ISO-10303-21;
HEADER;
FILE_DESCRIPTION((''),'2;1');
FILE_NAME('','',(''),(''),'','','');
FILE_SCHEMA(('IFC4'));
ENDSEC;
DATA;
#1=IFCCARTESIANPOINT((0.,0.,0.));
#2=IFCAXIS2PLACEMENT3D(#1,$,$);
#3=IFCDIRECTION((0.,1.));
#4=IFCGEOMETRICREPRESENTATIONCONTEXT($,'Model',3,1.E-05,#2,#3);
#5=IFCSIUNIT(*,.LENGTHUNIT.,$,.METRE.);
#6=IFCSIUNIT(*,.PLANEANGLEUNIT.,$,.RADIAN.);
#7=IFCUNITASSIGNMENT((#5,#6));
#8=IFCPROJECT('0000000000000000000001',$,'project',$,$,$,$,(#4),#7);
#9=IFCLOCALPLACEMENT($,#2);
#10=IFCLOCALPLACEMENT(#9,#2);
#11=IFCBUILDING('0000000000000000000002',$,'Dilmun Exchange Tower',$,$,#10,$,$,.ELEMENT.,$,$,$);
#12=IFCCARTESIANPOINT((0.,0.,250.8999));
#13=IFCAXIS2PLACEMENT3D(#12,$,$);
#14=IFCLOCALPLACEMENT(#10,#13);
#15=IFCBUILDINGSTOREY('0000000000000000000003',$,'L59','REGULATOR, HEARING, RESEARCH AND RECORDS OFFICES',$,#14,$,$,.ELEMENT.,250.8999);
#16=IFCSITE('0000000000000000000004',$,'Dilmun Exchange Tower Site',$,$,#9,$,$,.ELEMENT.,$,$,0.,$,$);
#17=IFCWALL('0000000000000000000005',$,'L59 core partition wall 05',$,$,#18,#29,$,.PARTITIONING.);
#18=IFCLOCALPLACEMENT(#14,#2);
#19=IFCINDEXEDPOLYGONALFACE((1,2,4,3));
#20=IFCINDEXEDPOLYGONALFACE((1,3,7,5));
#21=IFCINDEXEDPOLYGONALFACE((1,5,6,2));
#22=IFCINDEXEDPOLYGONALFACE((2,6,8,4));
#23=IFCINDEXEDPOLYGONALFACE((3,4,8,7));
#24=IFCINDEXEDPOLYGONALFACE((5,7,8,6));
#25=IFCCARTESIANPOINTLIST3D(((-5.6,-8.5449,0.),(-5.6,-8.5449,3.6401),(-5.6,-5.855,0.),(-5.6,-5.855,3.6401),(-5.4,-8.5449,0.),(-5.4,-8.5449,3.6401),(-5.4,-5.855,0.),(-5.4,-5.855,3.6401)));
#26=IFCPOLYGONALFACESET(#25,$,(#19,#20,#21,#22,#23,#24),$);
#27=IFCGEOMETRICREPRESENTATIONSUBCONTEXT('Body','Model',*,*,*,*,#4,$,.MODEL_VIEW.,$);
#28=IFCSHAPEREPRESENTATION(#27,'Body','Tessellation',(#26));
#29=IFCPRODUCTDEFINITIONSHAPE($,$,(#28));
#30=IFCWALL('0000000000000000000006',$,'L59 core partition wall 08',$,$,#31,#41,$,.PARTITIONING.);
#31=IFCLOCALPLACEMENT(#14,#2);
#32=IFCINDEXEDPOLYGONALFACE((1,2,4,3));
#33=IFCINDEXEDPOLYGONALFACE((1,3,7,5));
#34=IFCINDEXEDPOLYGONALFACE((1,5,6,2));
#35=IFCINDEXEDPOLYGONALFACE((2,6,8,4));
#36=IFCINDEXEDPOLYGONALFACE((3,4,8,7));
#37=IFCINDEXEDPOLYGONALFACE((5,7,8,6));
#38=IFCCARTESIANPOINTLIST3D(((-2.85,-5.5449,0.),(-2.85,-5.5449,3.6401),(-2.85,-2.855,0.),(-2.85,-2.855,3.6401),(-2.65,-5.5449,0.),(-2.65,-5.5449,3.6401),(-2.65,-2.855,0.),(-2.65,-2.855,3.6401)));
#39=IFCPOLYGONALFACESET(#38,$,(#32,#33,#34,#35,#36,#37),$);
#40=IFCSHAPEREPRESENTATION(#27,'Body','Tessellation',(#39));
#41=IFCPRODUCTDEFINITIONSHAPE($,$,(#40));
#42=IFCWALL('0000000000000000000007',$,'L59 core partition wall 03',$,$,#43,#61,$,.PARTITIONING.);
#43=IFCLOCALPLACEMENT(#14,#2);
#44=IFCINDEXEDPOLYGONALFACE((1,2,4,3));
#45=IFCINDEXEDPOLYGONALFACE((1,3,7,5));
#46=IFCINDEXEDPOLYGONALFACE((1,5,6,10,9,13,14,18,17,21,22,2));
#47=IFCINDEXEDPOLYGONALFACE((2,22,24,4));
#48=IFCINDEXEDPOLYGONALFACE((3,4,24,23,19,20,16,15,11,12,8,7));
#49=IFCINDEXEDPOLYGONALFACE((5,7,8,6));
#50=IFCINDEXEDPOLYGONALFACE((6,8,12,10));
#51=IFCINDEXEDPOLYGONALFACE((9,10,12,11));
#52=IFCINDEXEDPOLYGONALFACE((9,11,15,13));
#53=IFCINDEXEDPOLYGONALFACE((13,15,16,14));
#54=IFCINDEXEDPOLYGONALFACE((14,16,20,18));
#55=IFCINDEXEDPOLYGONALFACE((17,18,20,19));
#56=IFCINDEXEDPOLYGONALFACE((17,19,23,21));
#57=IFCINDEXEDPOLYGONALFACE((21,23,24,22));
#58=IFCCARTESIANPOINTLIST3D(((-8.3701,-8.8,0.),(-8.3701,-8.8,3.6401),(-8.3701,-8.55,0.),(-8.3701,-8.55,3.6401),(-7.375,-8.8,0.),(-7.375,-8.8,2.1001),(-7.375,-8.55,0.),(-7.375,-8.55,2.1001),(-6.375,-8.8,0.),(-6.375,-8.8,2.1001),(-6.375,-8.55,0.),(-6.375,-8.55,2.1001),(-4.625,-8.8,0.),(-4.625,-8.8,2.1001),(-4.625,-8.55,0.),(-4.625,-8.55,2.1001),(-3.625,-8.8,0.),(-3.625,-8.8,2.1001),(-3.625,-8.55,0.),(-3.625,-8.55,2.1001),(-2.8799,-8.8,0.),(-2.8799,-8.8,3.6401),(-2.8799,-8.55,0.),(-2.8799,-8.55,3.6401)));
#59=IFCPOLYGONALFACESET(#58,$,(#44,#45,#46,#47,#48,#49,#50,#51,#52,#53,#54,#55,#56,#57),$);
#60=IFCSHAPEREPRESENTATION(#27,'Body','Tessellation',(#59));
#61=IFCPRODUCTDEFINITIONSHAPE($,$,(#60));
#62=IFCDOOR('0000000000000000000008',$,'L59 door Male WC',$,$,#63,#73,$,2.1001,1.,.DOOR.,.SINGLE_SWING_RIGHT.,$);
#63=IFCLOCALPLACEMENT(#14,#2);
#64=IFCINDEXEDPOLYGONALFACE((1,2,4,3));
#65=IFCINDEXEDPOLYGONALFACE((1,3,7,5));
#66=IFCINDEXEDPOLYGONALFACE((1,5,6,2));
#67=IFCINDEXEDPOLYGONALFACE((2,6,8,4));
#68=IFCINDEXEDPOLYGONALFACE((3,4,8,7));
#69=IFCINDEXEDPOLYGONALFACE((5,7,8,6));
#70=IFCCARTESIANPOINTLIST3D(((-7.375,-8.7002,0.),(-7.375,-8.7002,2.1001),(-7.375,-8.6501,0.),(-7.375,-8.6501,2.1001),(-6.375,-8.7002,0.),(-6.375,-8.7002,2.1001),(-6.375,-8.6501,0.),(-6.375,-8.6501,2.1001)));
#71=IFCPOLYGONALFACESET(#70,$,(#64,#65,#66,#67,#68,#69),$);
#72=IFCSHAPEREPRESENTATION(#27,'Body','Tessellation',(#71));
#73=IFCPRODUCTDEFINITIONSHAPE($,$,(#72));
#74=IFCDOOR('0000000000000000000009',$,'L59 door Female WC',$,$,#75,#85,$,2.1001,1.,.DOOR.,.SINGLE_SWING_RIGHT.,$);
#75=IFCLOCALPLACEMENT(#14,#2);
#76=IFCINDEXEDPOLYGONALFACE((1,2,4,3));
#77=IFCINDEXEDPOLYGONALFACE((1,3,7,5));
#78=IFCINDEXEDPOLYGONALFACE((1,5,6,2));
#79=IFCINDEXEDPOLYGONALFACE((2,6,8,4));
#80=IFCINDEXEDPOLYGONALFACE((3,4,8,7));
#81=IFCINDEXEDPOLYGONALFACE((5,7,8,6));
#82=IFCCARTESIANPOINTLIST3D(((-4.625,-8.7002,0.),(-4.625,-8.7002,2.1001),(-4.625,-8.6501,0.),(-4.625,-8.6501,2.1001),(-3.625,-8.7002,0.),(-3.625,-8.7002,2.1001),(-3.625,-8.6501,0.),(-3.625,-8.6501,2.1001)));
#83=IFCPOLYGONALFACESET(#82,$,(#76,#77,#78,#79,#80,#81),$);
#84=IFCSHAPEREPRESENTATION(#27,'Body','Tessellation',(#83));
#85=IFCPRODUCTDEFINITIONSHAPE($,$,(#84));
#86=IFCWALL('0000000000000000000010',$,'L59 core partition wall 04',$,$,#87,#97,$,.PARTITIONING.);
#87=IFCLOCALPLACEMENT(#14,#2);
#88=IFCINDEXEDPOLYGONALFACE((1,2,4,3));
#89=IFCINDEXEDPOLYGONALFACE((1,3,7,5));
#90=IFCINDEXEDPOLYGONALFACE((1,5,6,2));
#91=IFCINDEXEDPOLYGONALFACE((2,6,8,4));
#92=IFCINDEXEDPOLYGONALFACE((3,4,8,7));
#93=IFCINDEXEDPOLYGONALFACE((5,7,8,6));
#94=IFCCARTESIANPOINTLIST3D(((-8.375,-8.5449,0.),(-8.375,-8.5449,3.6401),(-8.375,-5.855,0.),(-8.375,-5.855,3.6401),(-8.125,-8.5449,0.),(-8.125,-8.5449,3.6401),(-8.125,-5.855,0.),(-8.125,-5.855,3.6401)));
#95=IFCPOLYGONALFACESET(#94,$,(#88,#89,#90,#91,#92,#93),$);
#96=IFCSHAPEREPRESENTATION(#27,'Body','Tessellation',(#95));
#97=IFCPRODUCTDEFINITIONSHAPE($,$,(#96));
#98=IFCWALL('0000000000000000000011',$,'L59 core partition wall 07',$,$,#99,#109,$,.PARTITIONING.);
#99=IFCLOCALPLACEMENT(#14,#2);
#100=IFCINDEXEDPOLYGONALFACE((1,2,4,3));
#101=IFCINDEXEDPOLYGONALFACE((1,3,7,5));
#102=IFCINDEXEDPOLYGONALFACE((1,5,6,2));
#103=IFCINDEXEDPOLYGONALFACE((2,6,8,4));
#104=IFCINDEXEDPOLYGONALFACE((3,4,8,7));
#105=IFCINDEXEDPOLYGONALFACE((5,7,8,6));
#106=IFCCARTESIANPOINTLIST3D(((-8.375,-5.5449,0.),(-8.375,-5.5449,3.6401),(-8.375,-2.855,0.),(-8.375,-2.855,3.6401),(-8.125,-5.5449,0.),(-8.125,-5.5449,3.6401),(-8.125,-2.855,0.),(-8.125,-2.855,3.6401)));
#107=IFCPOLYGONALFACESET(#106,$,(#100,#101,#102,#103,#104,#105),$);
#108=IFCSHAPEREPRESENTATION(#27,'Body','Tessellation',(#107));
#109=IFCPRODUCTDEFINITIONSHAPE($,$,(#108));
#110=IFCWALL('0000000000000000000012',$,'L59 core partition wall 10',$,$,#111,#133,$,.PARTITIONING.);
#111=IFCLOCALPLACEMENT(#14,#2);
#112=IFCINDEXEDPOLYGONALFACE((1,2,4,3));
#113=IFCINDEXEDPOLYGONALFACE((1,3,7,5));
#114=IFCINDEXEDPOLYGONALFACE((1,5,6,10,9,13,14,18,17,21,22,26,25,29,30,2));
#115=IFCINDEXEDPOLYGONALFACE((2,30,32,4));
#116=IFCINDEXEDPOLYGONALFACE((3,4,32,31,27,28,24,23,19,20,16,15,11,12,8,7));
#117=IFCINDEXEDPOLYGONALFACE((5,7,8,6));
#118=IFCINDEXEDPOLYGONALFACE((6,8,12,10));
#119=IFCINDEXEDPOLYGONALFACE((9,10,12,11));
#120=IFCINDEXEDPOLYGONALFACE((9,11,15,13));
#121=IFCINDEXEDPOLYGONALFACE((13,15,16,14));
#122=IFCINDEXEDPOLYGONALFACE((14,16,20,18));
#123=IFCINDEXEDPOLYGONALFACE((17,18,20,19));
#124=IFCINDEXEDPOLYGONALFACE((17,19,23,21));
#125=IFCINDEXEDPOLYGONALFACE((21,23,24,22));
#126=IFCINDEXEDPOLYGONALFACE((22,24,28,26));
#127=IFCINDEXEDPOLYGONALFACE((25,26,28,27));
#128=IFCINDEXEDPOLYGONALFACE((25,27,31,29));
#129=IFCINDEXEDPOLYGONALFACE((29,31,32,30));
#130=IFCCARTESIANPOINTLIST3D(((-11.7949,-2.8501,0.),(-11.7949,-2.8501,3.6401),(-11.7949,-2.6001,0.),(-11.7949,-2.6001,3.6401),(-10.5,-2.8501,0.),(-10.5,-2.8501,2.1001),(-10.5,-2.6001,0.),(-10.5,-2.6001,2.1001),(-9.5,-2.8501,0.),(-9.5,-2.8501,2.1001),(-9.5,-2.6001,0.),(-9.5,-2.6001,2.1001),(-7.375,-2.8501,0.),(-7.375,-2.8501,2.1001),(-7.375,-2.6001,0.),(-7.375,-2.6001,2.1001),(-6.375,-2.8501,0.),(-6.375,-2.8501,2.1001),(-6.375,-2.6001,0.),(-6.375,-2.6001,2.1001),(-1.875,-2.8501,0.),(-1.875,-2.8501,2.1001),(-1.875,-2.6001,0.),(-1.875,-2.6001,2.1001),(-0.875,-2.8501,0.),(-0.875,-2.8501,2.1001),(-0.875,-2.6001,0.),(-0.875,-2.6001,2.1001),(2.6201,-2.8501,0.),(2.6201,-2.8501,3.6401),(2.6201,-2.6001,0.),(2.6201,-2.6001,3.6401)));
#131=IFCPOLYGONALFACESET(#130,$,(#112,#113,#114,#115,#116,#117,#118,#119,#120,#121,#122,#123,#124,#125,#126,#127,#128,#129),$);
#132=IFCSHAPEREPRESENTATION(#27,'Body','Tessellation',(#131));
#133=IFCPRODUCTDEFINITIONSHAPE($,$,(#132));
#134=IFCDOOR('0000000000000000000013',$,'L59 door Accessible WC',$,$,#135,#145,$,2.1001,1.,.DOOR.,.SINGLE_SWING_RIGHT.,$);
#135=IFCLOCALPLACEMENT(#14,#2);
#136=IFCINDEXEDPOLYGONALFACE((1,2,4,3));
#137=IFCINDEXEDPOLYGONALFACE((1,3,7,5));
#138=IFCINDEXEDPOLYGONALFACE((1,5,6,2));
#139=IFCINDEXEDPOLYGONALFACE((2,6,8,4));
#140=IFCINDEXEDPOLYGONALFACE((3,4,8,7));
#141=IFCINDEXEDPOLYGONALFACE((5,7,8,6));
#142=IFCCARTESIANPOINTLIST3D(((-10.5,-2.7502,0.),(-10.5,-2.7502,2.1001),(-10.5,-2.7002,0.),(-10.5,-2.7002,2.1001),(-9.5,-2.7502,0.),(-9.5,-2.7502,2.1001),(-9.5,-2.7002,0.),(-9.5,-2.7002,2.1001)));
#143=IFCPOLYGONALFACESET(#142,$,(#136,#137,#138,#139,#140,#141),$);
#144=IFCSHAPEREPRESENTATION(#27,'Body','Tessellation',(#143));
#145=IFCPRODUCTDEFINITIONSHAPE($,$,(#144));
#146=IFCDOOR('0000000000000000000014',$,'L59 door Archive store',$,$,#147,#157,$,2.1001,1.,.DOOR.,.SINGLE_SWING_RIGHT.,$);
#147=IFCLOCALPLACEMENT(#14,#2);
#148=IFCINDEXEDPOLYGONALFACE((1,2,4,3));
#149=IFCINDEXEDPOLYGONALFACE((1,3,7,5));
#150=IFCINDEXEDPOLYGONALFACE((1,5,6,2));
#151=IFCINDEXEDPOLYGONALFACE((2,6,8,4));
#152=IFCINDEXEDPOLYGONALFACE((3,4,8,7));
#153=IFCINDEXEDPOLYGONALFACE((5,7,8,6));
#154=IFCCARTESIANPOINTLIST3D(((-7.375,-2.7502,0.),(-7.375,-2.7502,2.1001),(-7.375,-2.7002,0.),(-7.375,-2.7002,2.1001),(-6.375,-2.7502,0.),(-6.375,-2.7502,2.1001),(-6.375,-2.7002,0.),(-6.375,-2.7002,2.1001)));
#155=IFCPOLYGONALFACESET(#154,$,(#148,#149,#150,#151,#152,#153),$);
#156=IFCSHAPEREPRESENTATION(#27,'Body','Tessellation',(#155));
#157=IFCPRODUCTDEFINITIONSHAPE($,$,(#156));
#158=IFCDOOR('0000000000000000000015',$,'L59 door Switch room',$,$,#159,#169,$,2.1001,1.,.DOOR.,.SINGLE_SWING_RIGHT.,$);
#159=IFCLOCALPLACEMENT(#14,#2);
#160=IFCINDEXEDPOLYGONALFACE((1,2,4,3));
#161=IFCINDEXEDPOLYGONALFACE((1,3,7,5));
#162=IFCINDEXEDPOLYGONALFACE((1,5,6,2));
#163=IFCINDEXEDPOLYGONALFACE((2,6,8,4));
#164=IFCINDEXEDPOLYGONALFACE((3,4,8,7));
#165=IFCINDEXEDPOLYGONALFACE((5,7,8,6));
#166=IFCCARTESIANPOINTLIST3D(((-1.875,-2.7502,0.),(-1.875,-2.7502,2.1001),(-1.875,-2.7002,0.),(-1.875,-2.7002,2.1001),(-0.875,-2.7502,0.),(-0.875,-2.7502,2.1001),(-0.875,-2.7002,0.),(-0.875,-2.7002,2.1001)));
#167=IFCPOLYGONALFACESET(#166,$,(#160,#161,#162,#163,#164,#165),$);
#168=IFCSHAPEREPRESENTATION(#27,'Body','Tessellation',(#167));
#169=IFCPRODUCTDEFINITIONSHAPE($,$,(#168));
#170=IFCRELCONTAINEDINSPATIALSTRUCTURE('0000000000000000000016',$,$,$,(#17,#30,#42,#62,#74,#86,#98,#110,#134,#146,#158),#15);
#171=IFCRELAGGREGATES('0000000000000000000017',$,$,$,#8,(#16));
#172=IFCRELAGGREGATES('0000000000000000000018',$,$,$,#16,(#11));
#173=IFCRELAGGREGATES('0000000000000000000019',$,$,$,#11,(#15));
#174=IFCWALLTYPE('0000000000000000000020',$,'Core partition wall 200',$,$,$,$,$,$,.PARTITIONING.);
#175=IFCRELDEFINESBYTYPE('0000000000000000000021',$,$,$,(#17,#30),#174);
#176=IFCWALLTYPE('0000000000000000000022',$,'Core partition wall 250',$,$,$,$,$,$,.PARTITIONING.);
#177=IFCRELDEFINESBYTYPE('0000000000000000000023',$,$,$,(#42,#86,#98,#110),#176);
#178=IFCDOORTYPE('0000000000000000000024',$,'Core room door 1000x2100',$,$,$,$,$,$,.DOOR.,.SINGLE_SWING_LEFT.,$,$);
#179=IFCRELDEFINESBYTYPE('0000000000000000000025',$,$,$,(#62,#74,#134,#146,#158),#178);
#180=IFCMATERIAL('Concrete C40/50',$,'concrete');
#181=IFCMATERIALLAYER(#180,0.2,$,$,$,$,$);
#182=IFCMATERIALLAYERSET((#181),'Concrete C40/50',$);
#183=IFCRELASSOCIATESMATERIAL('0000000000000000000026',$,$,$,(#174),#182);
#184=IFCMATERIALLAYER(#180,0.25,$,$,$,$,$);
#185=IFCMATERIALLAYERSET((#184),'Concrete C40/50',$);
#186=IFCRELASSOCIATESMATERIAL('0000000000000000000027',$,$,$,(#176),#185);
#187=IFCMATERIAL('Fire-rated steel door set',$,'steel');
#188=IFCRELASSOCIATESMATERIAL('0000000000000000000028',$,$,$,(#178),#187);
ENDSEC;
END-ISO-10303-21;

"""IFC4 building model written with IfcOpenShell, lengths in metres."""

from ifc_helpers import new_model, si_unit, direction, frame, frame_2d, origin, place, context, subcontext, project, spatial, rectangle, extrude, material, layer, layer_set, type_object, element, fill, save


model = new_model("IFC4")

# Units and contexts
model_context = context("Model", 3, precision=1e-05, world=origin(), true_north=direction((0.0, 1.0)))
body_context = subcontext(model_context, "Body", "Model", "MODEL_VIEW")
ifc_project = project(units=[si_unit("LENGTHUNIT", "METRE"), si_unit("PLANEANGLEUNIT", "RADIAN")], contexts=[model_context])

# Site, building, storey
site_placement = place(None, origin())
site = spatial("IfcSite", under=ifc_project, at=site_placement, Name="Dilmun Exchange Tower Site", CompositionType="ELEMENT", RefElevation=0.0)
building_placement = place(site_placement, origin())
building = spatial("IfcBuilding", under=site, at=building_placement, Name="Dilmun Exchange Tower", CompositionType="ELEMENT")
storey_placement = place(building_placement, frame((0.0, 0.0, 250.8999)))
storey = spatial("IfcBuildingStorey", under=building, at=storey_placement, Name="L59", Description="REGULATOR, HEARING, RESEARCH AND RECORDS OFFICES", CompositionType="ELEMENT", Elevation=250.8999)

# Walls
ifc_material_1 = material(Name="Concrete C40/50", Category="concrete")
ifc_layer_1 = layer(ifc_material_1, 0.2)
ifc_layer_set_1 = layer_set([ifc_layer_1], Name="Concrete C40/50")
wall_type_1 = type_object("IfcWallType", Name="Core partition wall 200", PredefinedType="PARTITIONING", material=ifc_layer_set_1)
for number, where, z_axis, x_axis, name in (
    (1, (-5.5, -8.5449, 0.0), (0.0, 0.0, 1.0), (0.0, 1.0, 0.0), "L59 core partition wall 05"),
    (2, (-2.75, -5.5449, 0.0), (0.0, 0.0, 1.0), (0.0, 1.0, 0.0), "L59 core partition wall 08"),
):
    element("IfcWall", number, at=place(storey_placement, frame(where, z_axis=z_axis, x_axis=x_axis)), inside=storey, type_object=wall_type_1, Name=name, PredefinedType="PARTITIONING", context=body_context, shape_type="SweptSolid", body=[
        extrude(rectangle(XDim=2.6899, YDim=0.2, at=frame_2d((1.345, 0.0))), origin(), (0.0, 0.0, 1.0), 3.6401),
    ])

# Wall, openings, doors
ifc_layer_2 = layer(ifc_material_1, 0.25)
ifc_layer_set_2 = layer_set([ifc_layer_2], Name="Concrete C40/50")
wall_type_2 = type_object("IfcWallType", Name="Core partition wall 250", PredefinedType="PARTITIONING", material=ifc_layer_set_2)
wall_1_placement = place(storey_placement, frame((-8.3701, -8.675, 0.0), z_axis=(0.0, 0.0, 1.0), x_axis=(1.0, 0.0, 0.0)))
wall_1 = element("IfcWall", 3, at=wall_1_placement, inside=storey, type_object=wall_type_2, Name="L59 core partition wall 03", PredefinedType="PARTITIONING", context=body_context, shape_type="SweptSolid", body=[
    extrude(rectangle(XDim=5.4902, YDim=0.25, at=frame_2d((2.7451, 0.0))), origin(), (0.0, 0.0, 1.0), 3.6401),
])
opening_1_placement = place(wall_1_placement, frame((0.9951, 0.0, 0.0)))
opening_1 = element("IfcOpeningElement", 4, at=opening_1_placement, cuts=wall_1, PredefinedType="OPENING", context=body_context, shape_type="SweptSolid", body=[
    extrude(rectangle(XDim=1.0, YDim=2.1001, at=frame_2d((0.5, 1.05))), frame((0.0, 0.135, 0.0), z_axis=(0.0, -1.0, 0.0), x_axis=(1.0, 0.0, 0.0)), (0.0, 0.0, 1.0), 0.27),
])
opening_2_placement = place(wall_1_placement, frame((3.7451, 0.0, 0.0)))
opening_2 = element("IfcOpeningElement", 5, at=opening_2_placement, cuts=wall_1, PredefinedType="OPENING", context=body_context, shape_type="SweptSolid", body=[
    extrude(rectangle(XDim=1.0, YDim=2.1001, at=frame_2d((0.5, 1.05))), frame((0.0, 0.135, 0.0), z_axis=(0.0, -1.0, 0.0), x_axis=(1.0, 0.0, 0.0)), (0.0, 0.0, 1.0), 0.27),
])
ifc_material_2 = material(Name="Fire-rated steel door set", Category="steel")
door_type_1 = type_object("IfcDoorType", Name="Core room door 1000x2100", OperationType="SINGLE_SWING_LEFT", PredefinedType="DOOR", material=ifc_material_2)
door_1_placement = place(opening_1_placement, origin())
door_1 = element("IfcDoor", 6, at=door_1_placement, inside=storey, type_object=door_type_1, Name="L59 door Male WC", OperationType="SINGLE_SWING_RIGHT", OverallHeight=2.1001, OverallWidth=1.0, PredefinedType="DOOR", context=body_context, shape_type="SweptSolid", body=[
    extrude(rectangle(XDim=1.0, YDim=2.1001, at=frame_2d((0.5, 1.05))), frame((0.0, 0.0249, 0.0), z_axis=(0.0, -1.0, 0.0), x_axis=(1.0, 0.0, 0.0)), (0.0, 0.0, 1.0), 0.05),
])
fill(opening_1, door_1)
door_2_placement = place(opening_2_placement, origin())
door_2 = element("IfcDoor", 7, at=door_2_placement, inside=storey, type_object=door_type_1, Name="L59 door Female WC", OperationType="SINGLE_SWING_RIGHT", OverallHeight=2.1001, OverallWidth=1.0, PredefinedType="DOOR", context=body_context, shape_type="SweptSolid", body=[
    extrude(rectangle(XDim=1.0, YDim=2.1001, at=frame_2d((0.5, 1.05))), frame((0.0, 0.0249, 0.0), z_axis=(0.0, -1.0, 0.0), x_axis=(1.0, 0.0, 0.0)), (0.0, 0.0, 1.0), 0.05),
])
fill(opening_2, door_2)

# Walls
for number, where, z_axis, x_axis, name in (
    (8, (-8.25, -8.5449, 0.0), (0.0, 0.0, 1.0), (0.0, 1.0, 0.0), "L59 core partition wall 04"),
    (9, (-8.25, -5.5449, 0.0), (0.0, 0.0, 1.0), (0.0, 1.0, 0.0), "L59 core partition wall 07"),
):
    element("IfcWall", number, at=place(storey_placement, frame(where, z_axis=z_axis, x_axis=x_axis)), inside=storey, type_object=wall_type_2, Name=name, PredefinedType="PARTITIONING", context=body_context, shape_type="SweptSolid", body=[
        extrude(rectangle(XDim=2.6899, YDim=0.25, at=frame_2d((1.345, 0.0))), origin(), (0.0, 0.0, 1.0), 3.6401),
    ])

# Wall, openings, doors
wall_2_placement = place(storey_placement, frame((-11.7949, -2.7251, 0.0), z_axis=(0.0, 0.0, 1.0), x_axis=(1.0, 0.0, 0.0)))
wall_2 = element("IfcWall", 10, at=wall_2_placement, inside=storey, type_object=wall_type_2, Name="L59 core partition wall 10", PredefinedType="PARTITIONING", context=body_context, shape_type="SweptSolid", body=[
    extrude(rectangle(XDim=14.415, YDim=0.25, at=frame_2d((7.2075, 0.0))), origin(), (0.0, 0.0, 1.0), 3.6401),
])
opening_3_placement = place(wall_2_placement, frame((1.2949, 0.0, 0.0)))
opening_3 = element("IfcOpeningElement", 11, at=opening_3_placement, cuts=wall_2, PredefinedType="OPENING", context=body_context, shape_type="SweptSolid", body=[
    extrude(rectangle(XDim=1.0, YDim=2.1001, at=frame_2d((0.5, 1.05))), frame((0.0, 0.135, 0.0), z_axis=(0.0, -1.0, 0.0), x_axis=(1.0, 0.0, 0.0)), (0.0, 0.0, 1.0), 0.27),
])
opening_4_placement = place(wall_2_placement, frame((4.4199, 0.0, 0.0)))
opening_4 = element("IfcOpeningElement", 12, at=opening_4_placement, cuts=wall_2, PredefinedType="OPENING", context=body_context, shape_type="SweptSolid", body=[
    extrude(rectangle(XDim=1.0, YDim=2.1001, at=frame_2d((0.5, 1.05))), frame((0.0, 0.135, 0.0), z_axis=(0.0, -1.0, 0.0), x_axis=(1.0, 0.0, 0.0)), (0.0, 0.0, 1.0), 0.27),
])
opening_5_placement = place(wall_2_placement, frame((9.9199, 0.0, 0.0)))
opening_5 = element("IfcOpeningElement", 13, at=opening_5_placement, cuts=wall_2, PredefinedType="OPENING", context=body_context, shape_type="SweptSolid", body=[
    extrude(rectangle(XDim=1.0, YDim=2.1001, at=frame_2d((0.5, 1.05))), frame((0.0, 0.135, 0.0), z_axis=(0.0, -1.0, 0.0), x_axis=(1.0, 0.0, 0.0)), (0.0, 0.0, 1.0), 0.27),
])
door_3_placement = place(opening_3_placement, origin())
door_3 = element("IfcDoor", 14, at=door_3_placement, inside=storey, type_object=door_type_1, Name="L59 door Accessible WC", OperationType="SINGLE_SWING_RIGHT", OverallHeight=2.1001, OverallWidth=1.0, PredefinedType="DOOR", context=body_context, shape_type="SweptSolid", body=[
    extrude(rectangle(XDim=1.0, YDim=2.1001, at=frame_2d((0.5, 1.05))), frame((0.0, 0.0249, 0.0), z_axis=(0.0, -1.0, 0.0), x_axis=(1.0, 0.0, 0.0)), (0.0, 0.0, 1.0), 0.05),
])
fill(opening_3, door_3)
door_4_placement = place(opening_4_placement, origin())
door_4 = element("IfcDoor", 15, at=door_4_placement, inside=storey, type_object=door_type_1, Name="L59 door Archive store", OperationType="SINGLE_SWING_RIGHT", OverallHeight=2.1001, OverallWidth=1.0, PredefinedType="DOOR", context=body_context, shape_type="SweptSolid", body=[
    extrude(rectangle(XDim=1.0, YDim=2.1001, at=frame_2d((0.5, 1.05))), frame((0.0, 0.0249, 0.0), z_axis=(0.0, -1.0, 0.0), x_axis=(1.0, 0.0, 0.0)), (0.0, 0.0, 1.0), 0.05),
])
fill(opening_4, door_4)
door_5_placement = place(opening_5_placement, origin())
door_5 = element("IfcDoor", 16, at=door_5_placement, inside=storey, type_object=door_type_1, Name="L59 door Switch room", OperationType="SINGLE_SWING_RIGHT", OverallHeight=2.1001, OverallWidth=1.0, PredefinedType="DOOR", context=body_context, shape_type="SweptSolid", body=[
    extrude(rectangle(XDim=1.0, YDim=2.1001, at=frame_2d((0.5, 1.05))), frame((0.0, 0.0249, 0.0), z_axis=(0.0, -1.0, 0.0), x_axis=(1.0, 0.0, 0.0)), (0.0, 0.0, 1.0), 0.05),
])
fill(opening_5, door_5)

save(model, "model.ifc")
